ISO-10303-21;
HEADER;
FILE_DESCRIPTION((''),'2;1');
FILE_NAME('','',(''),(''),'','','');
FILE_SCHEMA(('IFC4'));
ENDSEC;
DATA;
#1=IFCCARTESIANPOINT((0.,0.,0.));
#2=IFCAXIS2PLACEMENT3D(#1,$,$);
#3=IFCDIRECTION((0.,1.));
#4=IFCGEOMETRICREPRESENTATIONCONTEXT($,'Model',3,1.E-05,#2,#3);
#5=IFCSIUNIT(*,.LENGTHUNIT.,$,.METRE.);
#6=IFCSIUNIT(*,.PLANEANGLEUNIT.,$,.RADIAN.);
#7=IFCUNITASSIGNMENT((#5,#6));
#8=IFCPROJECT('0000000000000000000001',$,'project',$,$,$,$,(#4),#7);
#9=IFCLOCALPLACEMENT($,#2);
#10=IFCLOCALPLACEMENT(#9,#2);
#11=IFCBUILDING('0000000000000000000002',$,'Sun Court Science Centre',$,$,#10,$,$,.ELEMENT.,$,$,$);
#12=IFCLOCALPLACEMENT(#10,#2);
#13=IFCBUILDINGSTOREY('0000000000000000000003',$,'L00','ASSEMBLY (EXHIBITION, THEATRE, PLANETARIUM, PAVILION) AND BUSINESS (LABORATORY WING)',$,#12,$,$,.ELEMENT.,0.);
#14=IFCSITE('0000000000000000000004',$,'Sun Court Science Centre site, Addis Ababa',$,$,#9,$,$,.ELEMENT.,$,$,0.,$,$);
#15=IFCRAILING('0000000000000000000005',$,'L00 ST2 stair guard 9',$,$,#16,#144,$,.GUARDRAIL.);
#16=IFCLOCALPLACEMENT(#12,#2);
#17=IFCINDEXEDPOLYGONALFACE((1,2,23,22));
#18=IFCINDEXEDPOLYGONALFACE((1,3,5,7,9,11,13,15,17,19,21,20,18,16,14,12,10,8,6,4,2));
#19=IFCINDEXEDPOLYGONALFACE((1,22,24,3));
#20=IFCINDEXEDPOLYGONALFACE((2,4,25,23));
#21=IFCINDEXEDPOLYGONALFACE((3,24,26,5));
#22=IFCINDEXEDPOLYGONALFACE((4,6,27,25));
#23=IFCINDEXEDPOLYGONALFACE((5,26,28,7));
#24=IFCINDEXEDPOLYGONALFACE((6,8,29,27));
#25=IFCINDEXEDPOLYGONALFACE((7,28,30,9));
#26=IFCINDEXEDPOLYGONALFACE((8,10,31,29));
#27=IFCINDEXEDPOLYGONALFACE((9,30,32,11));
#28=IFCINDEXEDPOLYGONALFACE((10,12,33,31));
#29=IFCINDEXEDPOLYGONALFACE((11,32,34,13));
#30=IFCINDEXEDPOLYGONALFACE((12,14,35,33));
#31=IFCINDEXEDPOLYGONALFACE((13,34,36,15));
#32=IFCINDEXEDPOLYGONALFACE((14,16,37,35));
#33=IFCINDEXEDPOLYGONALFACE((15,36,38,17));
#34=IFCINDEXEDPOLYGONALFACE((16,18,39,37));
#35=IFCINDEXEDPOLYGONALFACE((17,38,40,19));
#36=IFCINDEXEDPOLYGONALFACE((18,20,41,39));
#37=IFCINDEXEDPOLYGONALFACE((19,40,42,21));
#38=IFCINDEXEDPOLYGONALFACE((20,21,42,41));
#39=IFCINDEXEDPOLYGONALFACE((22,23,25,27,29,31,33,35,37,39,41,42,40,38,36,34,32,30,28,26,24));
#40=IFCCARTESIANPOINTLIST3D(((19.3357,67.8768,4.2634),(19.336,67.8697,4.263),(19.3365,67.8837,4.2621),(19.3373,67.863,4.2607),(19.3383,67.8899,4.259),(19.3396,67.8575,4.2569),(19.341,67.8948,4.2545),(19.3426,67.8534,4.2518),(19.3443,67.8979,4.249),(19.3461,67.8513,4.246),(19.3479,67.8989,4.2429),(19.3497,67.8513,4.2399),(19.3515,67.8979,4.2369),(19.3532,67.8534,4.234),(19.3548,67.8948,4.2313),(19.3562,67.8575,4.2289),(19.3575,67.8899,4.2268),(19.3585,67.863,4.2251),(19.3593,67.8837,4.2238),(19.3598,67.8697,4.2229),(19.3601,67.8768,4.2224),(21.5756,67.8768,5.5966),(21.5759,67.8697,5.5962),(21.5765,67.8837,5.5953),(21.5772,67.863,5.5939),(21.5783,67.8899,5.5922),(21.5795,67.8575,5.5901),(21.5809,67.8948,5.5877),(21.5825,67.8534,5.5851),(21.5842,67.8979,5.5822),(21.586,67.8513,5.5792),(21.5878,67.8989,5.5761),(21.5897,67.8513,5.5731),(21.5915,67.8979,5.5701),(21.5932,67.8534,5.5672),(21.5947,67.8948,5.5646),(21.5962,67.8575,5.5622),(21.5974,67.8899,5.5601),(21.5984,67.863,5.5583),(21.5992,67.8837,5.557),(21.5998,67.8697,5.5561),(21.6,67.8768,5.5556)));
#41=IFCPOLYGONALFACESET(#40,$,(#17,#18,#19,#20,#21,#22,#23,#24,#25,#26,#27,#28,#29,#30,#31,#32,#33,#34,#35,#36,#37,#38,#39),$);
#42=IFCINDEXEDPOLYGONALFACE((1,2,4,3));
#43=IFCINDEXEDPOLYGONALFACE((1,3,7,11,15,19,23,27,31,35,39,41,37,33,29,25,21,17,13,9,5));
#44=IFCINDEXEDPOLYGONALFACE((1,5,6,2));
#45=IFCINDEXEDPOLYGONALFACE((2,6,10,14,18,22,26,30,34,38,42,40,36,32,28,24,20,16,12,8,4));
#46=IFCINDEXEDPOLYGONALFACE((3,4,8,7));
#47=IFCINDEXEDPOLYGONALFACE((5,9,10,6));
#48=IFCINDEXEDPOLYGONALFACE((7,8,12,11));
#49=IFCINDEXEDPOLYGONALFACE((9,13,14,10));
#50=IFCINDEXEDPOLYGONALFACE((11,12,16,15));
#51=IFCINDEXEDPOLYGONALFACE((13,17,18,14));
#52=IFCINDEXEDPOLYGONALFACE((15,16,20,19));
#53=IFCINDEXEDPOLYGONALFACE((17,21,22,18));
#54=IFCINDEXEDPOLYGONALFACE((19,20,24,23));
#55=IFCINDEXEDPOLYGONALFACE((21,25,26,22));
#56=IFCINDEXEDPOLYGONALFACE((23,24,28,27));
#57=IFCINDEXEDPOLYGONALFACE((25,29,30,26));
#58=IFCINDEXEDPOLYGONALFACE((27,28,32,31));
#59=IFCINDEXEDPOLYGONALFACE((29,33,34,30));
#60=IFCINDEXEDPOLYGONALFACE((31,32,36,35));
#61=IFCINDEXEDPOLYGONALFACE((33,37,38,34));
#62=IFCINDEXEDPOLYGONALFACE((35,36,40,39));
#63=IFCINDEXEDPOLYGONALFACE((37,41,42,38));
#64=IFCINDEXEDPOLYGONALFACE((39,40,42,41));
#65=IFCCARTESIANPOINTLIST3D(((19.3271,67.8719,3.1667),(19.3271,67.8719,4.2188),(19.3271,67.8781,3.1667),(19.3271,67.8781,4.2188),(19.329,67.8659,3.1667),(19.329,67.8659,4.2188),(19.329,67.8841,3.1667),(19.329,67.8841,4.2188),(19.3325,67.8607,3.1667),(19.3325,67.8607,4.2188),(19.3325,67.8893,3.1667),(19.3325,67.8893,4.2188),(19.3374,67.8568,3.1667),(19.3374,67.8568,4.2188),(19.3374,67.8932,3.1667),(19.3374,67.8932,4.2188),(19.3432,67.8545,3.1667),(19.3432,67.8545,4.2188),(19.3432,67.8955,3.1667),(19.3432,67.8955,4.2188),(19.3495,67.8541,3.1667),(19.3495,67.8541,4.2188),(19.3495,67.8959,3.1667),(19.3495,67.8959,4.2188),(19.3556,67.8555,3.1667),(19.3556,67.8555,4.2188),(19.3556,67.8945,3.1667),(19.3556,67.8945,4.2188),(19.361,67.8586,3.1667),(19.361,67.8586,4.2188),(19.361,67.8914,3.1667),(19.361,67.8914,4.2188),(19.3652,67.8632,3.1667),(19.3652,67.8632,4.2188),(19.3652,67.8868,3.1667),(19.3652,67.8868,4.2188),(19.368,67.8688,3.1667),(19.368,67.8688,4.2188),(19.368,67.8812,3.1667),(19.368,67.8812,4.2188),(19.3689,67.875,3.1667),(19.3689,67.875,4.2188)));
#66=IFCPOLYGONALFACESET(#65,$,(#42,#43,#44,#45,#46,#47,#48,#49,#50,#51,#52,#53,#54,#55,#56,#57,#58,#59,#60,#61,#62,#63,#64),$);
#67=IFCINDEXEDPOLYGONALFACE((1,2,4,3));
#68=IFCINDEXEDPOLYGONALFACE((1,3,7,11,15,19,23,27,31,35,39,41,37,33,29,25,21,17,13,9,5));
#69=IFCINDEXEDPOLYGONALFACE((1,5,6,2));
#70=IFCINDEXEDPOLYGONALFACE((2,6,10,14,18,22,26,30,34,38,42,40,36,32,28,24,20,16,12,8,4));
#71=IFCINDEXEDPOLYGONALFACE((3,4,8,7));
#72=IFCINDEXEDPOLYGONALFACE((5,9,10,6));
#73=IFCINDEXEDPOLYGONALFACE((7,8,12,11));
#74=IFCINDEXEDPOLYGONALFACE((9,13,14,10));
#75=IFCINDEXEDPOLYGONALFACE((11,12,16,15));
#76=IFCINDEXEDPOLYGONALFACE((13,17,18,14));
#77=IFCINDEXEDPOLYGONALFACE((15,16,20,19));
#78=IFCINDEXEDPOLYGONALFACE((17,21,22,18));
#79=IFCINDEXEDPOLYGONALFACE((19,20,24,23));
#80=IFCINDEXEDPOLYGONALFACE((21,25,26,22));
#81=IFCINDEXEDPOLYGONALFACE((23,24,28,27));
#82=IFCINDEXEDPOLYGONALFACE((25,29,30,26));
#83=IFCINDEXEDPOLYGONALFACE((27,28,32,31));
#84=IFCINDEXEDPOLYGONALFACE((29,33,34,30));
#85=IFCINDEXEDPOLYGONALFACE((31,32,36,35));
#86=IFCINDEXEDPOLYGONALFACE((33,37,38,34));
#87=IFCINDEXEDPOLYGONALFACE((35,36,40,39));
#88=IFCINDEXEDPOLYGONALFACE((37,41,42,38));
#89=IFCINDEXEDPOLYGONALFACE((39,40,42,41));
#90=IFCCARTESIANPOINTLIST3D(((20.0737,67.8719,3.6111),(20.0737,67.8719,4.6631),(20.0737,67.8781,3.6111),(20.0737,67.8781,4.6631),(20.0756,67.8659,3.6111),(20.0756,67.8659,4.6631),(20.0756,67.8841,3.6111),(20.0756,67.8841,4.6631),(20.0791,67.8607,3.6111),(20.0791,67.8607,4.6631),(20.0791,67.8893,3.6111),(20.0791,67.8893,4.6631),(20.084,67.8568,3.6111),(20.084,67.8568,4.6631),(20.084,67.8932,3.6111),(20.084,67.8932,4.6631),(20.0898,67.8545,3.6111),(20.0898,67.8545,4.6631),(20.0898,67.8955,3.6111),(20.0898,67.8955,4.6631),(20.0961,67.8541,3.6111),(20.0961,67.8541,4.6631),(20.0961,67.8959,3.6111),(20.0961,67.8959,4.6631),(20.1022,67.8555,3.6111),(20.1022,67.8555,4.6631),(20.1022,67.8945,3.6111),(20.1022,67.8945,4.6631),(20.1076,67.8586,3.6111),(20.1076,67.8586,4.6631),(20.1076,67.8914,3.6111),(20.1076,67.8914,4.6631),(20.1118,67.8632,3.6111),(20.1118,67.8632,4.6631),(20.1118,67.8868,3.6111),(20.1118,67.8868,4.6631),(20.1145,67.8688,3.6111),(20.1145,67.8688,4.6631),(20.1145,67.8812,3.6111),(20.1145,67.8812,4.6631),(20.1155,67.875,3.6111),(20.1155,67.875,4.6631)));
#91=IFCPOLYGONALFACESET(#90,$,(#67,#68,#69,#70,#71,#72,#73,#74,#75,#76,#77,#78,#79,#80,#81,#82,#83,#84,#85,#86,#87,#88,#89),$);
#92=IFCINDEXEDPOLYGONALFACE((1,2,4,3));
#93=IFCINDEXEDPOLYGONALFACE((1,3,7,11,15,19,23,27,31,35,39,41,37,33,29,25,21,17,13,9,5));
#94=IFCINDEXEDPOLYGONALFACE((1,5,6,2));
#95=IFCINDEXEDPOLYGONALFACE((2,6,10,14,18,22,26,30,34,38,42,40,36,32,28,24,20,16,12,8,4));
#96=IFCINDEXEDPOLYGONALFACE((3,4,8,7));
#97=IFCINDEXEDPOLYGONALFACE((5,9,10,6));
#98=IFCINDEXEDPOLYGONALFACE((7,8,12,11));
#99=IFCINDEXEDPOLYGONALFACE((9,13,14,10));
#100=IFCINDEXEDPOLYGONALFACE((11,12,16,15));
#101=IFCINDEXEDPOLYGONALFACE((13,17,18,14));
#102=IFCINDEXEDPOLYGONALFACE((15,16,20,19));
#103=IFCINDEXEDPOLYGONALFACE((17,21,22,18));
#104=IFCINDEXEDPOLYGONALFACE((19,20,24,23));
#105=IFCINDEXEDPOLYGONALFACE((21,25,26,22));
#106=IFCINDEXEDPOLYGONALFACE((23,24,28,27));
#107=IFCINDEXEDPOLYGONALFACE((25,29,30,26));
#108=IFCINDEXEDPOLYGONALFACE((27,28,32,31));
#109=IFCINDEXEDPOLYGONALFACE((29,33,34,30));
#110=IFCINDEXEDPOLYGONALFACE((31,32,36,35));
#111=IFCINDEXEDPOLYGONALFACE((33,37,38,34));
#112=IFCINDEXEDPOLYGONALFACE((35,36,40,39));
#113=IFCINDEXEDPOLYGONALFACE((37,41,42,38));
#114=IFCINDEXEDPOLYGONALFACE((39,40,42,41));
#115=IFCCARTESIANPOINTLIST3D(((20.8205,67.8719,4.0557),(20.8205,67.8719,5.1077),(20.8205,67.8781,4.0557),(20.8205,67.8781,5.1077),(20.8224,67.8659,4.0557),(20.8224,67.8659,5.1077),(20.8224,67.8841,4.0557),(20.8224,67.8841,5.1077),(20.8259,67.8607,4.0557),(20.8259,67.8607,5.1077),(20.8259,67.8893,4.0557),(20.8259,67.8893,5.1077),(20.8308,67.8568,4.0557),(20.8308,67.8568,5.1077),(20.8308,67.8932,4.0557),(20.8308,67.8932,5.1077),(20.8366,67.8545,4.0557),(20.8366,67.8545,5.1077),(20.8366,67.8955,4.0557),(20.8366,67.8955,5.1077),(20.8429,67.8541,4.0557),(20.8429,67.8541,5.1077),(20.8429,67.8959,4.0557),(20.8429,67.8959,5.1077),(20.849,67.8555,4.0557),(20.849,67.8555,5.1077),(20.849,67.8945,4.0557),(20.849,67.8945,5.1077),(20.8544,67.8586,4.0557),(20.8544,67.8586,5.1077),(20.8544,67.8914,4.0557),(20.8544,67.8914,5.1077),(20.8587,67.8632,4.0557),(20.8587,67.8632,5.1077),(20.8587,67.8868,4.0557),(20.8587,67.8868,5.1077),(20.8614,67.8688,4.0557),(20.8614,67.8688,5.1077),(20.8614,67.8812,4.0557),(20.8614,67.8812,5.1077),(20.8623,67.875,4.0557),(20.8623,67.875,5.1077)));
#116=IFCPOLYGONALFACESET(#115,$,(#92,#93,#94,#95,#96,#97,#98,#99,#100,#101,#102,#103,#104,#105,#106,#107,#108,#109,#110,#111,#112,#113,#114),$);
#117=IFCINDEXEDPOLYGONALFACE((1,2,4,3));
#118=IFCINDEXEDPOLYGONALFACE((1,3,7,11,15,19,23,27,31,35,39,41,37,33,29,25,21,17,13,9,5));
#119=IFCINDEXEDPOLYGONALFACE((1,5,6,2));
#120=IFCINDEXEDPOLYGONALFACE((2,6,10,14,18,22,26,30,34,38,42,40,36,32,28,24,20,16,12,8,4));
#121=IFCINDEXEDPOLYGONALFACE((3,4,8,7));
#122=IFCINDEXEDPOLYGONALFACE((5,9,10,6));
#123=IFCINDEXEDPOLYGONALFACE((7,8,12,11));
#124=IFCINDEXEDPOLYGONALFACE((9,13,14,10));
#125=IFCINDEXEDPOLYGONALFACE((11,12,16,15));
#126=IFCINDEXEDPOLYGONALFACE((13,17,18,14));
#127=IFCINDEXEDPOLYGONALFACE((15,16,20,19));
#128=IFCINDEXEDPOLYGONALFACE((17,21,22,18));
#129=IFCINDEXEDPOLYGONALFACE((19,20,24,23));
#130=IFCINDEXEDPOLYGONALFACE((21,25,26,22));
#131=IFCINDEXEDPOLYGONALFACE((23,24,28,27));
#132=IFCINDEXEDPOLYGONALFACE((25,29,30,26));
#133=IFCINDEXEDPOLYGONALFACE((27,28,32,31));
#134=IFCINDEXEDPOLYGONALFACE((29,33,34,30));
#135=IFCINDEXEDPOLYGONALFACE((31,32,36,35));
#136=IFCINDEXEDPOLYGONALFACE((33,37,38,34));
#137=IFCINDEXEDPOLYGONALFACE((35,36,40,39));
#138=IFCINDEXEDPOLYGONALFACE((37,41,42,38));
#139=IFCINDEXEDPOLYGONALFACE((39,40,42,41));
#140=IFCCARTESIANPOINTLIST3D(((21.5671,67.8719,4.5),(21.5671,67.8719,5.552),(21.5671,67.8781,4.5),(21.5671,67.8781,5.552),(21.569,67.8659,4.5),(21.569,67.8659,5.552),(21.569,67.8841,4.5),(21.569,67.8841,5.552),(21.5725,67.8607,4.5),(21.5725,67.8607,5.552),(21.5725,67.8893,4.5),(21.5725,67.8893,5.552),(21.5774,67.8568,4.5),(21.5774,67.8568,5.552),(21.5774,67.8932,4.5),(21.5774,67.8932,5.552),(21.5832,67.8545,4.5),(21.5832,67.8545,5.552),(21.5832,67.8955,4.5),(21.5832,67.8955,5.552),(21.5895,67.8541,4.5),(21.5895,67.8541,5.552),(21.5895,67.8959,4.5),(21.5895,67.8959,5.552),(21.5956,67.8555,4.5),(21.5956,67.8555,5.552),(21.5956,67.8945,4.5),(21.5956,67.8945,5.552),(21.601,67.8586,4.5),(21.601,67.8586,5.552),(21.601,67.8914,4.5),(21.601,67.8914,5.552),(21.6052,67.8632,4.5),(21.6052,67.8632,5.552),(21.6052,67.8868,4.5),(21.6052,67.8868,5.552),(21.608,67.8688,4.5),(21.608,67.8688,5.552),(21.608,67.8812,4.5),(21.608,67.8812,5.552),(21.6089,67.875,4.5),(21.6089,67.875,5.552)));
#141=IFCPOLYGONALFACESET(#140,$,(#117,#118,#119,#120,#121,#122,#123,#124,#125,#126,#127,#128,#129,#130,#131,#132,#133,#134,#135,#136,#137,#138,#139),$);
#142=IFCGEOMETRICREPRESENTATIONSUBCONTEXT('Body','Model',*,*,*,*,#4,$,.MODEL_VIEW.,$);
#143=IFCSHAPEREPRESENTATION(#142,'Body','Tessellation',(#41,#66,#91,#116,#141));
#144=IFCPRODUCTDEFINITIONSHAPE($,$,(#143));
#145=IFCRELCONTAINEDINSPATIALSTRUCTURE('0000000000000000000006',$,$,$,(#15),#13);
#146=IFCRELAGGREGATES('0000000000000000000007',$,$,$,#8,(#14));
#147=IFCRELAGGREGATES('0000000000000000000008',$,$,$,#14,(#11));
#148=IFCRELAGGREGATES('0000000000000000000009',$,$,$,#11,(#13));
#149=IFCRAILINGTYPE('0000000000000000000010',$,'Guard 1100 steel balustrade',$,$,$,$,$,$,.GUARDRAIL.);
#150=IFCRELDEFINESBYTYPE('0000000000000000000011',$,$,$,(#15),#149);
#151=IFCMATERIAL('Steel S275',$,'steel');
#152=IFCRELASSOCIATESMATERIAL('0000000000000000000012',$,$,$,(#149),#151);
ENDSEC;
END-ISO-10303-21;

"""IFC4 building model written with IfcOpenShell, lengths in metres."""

from ifc_helpers import new_model, si_unit, direction, frame, origin, origin_2d, place, context, subcontext, project, spatial, circle, extrude, material, type_object, element, save


model = new_model("IFC4")

# Units and contexts
model_context = context("Model", 3, precision=1e-05, world=origin(), true_north=direction((0.0, 1.0)))
body_context = subcontext(model_context, "Body", "Model", "MODEL_VIEW")
ifc_project = project(units=[si_unit("LENGTHUNIT", "METRE"), si_unit("PLANEANGLEUNIT", "RADIAN")], contexts=[model_context])

# Site, building, storey
site_placement = place(None, origin())
site = spatial("IfcSite", under=ifc_project, at=site_placement, Name="Sun Court Science Centre site, Addis Ababa", CompositionType="ELEMENT", RefElevation=0.0)
building_placement = place(site_placement, origin())
building = spatial("IfcBuilding", under=site, at=building_placement, Name="Sun Court Science Centre", CompositionType="ELEMENT")
storey_placement = place(building_placement, origin())
storey = spatial("IfcBuildingStorey", under=building, at=storey_placement, Name="L00", Description="ASSEMBLY (EXHIBITION, THEATRE, PLANETARIUM, PAVILION) AND BUSINESS (LABORATORY WING)", CompositionType="ELEMENT", Elevation=0.0)

# Railing
ifc_material_1 = material(Name="Steel S275", Category="steel")
railing_type = type_object("IfcRailingType", Name="Guard 1100 steel balustrade", PredefinedType="GUARDRAIL", material=ifc_material_1)
railing_1_placement = place(storey_placement, frame((19.3479, 67.875, 3.1667)))
element("IfcRailing", 1, at=railing_1_placement, inside=storey, type_object=railing_type, Name="L00 ST2 stair guard 9", PredefinedType="GUARDRAIL", context=body_context, shape_type="SweptSolid", body=[
    extrude(circle(Radius=0.0239, at=origin_2d()), frame((0.0, 0.0, 1.0762), z_axis=(0.859306, 0.0, 0.511462), x_axis=(0.0, 1.0, 0.0)), (0.0, 0.0, 1.0), 2.6067),
    extrude(circle(Radius=0.021, at=origin_2d()), origin(), (0.0, 0.0, 1.0), 1.052),
    extrude(circle(Radius=0.021, at=origin_2d()), frame((0.7466, 0.0, 0.4443)), (0.0, 0.0, 1.0), 1.052),
    extrude(circle(Radius=0.021, at=origin_2d()), frame((1.4934, 0.0, 0.8889)), (0.0, 0.0, 1.0), 1.052),
    extrude(circle(Radius=0.021, at=origin_2d()), frame((2.24, 0.0, 1.3333)), (0.0, 0.0, 1.0), 1.052),
])

save(model, "model.ifc")
